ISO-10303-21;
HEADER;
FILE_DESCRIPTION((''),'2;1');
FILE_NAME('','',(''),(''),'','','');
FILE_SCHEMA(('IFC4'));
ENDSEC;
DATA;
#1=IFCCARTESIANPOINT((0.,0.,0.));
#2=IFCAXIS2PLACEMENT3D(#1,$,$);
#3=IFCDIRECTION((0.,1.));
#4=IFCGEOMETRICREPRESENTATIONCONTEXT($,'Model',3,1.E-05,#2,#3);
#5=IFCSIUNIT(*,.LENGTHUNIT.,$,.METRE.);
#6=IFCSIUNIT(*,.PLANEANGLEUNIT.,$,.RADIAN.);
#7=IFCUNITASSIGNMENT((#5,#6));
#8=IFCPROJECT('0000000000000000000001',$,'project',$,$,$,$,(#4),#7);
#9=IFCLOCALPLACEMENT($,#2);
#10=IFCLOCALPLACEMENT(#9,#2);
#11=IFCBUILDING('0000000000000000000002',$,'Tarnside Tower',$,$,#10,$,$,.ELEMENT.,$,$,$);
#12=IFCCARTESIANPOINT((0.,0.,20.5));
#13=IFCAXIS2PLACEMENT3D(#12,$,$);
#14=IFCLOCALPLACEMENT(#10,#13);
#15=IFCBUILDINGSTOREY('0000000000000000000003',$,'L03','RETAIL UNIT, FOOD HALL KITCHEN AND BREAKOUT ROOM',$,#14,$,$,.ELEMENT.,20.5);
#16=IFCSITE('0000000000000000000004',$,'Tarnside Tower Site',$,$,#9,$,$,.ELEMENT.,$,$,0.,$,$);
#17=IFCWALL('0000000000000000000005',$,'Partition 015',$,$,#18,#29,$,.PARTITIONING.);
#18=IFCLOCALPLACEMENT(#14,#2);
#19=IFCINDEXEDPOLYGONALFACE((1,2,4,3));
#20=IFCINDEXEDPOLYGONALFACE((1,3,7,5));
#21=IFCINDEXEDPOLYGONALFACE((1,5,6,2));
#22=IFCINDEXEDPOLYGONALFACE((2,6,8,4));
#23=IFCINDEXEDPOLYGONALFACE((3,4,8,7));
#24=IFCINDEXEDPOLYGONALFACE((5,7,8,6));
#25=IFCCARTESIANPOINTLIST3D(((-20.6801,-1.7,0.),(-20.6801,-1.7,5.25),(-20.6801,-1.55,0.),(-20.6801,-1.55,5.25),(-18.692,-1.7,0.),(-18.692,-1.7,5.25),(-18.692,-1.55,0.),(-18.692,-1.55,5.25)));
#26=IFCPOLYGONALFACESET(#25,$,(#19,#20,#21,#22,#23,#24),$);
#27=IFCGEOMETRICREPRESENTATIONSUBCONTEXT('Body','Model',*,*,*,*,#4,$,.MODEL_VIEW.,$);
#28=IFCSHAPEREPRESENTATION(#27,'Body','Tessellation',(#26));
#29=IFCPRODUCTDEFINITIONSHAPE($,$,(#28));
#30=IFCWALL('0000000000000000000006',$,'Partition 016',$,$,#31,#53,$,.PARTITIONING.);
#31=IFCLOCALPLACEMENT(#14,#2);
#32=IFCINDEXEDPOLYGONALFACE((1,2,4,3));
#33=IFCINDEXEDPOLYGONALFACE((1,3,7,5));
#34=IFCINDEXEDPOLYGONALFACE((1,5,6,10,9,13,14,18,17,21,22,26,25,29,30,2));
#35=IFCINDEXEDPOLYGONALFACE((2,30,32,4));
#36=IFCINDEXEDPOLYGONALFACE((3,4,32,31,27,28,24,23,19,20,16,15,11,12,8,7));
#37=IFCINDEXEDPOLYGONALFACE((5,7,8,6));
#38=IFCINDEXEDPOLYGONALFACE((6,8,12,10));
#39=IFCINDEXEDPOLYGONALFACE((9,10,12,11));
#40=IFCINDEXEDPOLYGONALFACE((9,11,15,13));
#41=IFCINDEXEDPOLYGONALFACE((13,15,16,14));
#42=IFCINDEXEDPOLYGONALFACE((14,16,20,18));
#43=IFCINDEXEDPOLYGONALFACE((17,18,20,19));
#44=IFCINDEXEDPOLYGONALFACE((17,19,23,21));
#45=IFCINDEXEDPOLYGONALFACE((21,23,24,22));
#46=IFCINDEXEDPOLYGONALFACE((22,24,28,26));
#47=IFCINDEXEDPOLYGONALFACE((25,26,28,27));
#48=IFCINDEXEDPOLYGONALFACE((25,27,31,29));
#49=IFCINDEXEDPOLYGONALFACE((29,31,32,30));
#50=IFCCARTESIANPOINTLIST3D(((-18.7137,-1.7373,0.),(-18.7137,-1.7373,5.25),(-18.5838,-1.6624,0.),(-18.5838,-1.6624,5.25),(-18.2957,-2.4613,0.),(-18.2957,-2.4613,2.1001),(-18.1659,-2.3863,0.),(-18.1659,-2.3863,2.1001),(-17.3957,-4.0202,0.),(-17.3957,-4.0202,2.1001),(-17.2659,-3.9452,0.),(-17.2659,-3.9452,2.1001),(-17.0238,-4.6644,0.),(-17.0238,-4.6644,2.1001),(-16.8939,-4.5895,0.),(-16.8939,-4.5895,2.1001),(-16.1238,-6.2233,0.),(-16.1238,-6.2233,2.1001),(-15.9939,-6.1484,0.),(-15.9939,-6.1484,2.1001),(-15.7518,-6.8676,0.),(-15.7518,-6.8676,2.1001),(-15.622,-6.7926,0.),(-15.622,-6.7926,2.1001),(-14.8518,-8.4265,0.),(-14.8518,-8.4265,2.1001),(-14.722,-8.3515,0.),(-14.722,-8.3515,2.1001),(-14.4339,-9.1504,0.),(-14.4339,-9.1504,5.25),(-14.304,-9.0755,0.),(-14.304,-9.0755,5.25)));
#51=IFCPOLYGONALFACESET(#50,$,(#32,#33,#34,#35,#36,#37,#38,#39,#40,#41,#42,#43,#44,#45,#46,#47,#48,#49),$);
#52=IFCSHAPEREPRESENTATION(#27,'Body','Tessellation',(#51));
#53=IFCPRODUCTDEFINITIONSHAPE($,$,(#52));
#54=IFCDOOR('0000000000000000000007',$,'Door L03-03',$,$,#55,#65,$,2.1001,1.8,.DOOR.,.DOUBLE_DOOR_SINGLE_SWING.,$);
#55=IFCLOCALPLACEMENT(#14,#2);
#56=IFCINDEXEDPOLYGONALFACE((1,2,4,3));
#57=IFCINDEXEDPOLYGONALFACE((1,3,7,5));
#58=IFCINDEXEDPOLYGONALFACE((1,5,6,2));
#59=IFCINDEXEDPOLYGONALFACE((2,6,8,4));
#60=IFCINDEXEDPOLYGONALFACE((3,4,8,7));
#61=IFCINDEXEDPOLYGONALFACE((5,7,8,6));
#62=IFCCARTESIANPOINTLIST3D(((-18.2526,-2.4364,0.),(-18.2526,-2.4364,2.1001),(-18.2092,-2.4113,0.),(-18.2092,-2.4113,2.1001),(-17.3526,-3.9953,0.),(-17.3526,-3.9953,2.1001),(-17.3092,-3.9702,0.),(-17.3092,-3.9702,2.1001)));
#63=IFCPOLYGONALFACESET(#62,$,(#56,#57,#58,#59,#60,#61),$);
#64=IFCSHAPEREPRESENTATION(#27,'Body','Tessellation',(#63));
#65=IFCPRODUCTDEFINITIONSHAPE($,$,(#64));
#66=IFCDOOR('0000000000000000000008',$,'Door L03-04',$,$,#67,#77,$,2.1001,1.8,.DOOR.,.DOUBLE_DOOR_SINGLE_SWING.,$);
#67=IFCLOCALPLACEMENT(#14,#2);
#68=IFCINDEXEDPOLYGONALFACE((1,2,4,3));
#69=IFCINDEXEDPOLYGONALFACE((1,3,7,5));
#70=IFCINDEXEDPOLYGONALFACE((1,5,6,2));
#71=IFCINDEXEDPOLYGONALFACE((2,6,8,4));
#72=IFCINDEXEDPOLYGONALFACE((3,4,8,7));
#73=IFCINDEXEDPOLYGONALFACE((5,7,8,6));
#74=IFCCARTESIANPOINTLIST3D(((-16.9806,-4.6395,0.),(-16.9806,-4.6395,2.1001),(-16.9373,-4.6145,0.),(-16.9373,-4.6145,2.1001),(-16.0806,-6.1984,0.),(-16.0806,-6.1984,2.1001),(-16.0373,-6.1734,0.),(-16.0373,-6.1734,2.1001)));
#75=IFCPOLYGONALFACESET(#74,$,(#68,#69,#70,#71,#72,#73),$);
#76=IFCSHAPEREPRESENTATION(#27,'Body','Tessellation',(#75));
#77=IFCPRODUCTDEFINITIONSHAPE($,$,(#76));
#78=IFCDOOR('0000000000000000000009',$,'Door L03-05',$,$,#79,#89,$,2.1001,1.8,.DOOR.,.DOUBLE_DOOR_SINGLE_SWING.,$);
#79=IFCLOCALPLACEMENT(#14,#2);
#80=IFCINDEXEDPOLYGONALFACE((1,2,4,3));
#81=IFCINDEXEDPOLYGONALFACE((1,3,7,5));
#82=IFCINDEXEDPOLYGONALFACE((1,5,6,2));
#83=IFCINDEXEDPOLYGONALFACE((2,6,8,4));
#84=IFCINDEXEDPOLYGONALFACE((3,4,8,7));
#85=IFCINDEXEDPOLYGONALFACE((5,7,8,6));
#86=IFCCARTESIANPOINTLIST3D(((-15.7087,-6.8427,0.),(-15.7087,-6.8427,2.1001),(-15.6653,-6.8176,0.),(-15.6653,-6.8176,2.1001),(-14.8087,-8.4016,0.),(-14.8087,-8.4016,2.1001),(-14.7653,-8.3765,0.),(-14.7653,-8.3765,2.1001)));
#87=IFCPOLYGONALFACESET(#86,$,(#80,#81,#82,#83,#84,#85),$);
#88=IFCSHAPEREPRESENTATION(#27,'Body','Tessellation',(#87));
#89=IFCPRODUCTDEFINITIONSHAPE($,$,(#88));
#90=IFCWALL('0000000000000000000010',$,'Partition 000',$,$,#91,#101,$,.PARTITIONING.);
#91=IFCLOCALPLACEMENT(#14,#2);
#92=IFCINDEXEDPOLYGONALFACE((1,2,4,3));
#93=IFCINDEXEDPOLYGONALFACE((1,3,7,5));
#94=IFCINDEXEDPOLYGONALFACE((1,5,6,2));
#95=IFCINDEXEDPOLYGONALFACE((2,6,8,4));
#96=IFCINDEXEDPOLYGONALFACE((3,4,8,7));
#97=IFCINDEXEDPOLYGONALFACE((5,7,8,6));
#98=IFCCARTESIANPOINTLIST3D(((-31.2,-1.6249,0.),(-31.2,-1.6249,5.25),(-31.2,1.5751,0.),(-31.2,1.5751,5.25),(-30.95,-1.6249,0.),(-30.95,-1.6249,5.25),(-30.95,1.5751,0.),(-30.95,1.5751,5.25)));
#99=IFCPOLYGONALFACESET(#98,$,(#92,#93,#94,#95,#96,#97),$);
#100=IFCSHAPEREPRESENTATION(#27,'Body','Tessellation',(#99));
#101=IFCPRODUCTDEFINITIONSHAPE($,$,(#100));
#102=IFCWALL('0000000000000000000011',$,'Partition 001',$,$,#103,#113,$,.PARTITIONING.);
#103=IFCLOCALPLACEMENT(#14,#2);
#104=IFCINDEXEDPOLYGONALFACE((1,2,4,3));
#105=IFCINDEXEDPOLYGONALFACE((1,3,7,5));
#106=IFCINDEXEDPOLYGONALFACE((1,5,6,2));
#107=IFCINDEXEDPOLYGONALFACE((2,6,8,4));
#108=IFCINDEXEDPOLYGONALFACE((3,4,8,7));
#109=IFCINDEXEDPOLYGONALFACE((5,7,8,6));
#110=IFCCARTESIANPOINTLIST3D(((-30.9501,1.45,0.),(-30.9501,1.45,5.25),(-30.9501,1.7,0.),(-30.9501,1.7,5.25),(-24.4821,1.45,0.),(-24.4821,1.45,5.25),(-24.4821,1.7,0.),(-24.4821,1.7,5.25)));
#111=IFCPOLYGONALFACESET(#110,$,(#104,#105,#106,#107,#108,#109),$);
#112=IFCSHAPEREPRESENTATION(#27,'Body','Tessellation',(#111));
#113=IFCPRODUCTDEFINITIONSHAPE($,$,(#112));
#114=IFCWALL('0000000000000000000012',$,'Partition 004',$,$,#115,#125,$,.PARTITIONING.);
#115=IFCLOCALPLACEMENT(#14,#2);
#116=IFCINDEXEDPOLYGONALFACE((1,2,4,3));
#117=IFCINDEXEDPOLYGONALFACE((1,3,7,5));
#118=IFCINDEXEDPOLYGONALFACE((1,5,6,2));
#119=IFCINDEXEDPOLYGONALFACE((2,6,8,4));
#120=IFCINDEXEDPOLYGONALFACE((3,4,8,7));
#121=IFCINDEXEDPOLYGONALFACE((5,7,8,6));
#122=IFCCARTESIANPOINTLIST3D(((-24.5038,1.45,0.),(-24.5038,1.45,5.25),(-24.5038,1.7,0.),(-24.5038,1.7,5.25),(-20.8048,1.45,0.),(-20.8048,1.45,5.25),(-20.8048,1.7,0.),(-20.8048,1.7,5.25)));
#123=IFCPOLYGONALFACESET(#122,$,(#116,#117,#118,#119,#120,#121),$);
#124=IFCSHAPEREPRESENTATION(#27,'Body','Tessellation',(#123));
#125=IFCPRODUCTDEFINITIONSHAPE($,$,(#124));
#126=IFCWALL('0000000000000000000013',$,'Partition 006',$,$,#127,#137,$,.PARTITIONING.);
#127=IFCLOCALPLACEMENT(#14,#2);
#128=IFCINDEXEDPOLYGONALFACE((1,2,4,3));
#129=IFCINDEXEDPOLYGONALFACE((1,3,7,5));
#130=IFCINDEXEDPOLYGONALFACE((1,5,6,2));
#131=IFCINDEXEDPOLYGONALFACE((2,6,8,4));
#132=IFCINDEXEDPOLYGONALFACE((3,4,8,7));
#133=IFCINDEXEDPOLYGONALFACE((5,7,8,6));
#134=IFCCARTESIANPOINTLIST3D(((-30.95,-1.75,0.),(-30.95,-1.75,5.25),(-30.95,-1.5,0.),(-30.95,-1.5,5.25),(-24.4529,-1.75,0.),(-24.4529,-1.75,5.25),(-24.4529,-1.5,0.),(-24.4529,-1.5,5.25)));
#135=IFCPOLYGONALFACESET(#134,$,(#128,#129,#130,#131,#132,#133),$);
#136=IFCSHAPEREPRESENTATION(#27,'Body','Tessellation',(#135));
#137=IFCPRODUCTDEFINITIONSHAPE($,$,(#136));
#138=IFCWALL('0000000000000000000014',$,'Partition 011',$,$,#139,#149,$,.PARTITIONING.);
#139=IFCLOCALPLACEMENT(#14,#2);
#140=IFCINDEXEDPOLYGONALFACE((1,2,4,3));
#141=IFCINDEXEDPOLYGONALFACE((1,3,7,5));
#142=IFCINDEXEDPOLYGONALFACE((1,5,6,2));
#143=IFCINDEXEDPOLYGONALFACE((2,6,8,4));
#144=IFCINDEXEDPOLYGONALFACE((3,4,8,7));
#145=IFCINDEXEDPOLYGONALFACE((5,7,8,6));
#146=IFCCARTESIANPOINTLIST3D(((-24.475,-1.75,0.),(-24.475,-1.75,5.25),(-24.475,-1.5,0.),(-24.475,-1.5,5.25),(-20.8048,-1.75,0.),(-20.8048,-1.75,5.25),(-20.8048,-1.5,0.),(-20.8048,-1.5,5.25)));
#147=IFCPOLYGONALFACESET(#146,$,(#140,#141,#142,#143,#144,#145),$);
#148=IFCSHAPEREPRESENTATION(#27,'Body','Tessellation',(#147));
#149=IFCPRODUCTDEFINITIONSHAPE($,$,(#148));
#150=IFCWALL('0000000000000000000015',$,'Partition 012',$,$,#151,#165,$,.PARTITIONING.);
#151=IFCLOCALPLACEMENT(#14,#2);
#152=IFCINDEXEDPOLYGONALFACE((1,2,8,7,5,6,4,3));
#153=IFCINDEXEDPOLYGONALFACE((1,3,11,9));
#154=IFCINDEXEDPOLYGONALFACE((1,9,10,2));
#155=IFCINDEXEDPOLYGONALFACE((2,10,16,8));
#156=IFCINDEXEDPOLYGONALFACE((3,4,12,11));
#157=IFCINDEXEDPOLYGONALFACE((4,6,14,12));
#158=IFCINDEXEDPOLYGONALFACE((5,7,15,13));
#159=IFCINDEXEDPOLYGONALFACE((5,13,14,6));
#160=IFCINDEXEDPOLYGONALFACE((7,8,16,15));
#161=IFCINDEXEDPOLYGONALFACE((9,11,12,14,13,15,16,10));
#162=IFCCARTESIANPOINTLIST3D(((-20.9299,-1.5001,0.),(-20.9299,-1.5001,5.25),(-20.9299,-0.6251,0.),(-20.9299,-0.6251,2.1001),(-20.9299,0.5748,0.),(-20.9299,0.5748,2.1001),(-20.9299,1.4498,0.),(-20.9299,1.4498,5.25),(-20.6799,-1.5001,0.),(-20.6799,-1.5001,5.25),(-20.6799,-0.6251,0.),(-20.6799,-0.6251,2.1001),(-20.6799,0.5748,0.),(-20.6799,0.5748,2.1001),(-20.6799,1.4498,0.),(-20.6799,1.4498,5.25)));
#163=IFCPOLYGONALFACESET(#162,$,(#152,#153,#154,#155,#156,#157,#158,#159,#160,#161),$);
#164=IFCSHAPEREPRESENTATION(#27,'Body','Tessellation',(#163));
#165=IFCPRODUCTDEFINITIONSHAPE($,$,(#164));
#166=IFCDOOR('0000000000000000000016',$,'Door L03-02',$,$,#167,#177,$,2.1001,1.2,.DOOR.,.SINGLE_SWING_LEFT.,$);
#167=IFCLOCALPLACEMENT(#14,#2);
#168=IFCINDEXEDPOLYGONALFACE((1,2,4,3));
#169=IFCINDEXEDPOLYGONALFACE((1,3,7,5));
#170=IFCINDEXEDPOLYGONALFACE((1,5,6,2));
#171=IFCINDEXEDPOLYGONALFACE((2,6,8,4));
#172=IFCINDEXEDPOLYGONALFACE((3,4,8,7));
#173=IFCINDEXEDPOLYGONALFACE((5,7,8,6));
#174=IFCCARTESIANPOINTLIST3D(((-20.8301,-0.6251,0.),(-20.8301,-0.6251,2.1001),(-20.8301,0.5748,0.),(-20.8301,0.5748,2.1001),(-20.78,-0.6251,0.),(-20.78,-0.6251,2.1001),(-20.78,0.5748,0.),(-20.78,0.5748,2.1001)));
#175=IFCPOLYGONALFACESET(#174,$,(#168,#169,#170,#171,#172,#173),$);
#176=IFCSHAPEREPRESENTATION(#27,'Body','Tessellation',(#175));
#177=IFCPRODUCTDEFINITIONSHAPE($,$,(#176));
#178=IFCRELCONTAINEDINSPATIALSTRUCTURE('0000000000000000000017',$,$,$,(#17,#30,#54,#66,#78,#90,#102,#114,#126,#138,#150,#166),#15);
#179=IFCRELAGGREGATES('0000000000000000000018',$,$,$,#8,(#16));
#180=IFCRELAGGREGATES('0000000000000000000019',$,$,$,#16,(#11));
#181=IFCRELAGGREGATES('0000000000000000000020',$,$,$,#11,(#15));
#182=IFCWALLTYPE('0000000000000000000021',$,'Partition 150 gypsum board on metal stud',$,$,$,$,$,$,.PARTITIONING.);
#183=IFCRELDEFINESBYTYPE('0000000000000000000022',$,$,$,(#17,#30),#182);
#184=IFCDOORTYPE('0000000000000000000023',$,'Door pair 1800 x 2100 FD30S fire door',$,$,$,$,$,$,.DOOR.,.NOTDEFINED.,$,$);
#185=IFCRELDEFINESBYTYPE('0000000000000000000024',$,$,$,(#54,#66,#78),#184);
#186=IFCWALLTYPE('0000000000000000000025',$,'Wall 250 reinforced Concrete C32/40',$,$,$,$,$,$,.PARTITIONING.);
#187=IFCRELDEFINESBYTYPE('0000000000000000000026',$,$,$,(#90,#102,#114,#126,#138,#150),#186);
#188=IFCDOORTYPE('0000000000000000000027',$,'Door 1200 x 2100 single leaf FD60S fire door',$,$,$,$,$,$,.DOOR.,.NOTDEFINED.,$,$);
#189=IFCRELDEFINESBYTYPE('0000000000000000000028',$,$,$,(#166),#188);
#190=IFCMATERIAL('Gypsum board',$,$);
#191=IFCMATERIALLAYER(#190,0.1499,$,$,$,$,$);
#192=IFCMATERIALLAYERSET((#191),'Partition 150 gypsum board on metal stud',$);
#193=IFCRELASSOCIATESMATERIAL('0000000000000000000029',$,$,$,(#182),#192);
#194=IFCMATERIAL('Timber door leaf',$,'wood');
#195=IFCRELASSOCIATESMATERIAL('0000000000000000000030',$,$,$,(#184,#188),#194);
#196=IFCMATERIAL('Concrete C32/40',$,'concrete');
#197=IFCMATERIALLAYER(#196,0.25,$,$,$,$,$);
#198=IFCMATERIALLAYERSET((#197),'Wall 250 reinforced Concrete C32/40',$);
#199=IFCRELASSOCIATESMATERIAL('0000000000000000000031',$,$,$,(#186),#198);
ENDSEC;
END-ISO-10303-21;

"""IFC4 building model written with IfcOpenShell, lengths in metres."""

from ifc_helpers import new_model, si_unit, direction, frame, frame_2d, origin, place, context, subcontext, project, spatial, rectangle, extrude, material, layer, layer_set, type_object, element, fill, save


model = new_model("IFC4")

# Units and contexts
model_context = context("Model", 3, precision=1e-05, world=origin(), true_north=direction((0.0, 1.0)))
body_context = subcontext(model_context, "Body", "Model", "MODEL_VIEW")
ifc_project = project(units=[si_unit("LENGTHUNIT", "METRE"), si_unit("PLANEANGLEUNIT", "RADIAN")], contexts=[model_context])

# Site, building, storey
site_placement = place(None, origin())
site = spatial("IfcSite", under=ifc_project, at=site_placement, Name="Tarnside Tower Site", CompositionType="ELEMENT", RefElevation=0.0)
building_placement = place(site_placement, origin())
building = spatial("IfcBuilding", under=site, at=building_placement, Name="Tarnside Tower", CompositionType="ELEMENT")
storey_placement = place(building_placement, frame((0.0, 0.0, 20.5)))
storey = spatial("IfcBuildingStorey", under=building, at=storey_placement, Name="L03", Description="RETAIL UNIT, FOOD HALL KITCHEN AND BREAKOUT ROOM", CompositionType="ELEMENT", Elevation=20.5)

# Wall
ifc_material_1 = material(Name="Gypsum board")
ifc_layer_1 = layer(ifc_material_1, 0.1499)
ifc_layer_set_1 = layer_set([ifc_layer_1], Name="Partition 150 gypsum board on metal stud")
wall_type_1 = type_object("IfcWallType", Name="Partition 150 gypsum board on metal stud", PredefinedType="PARTITIONING", material=ifc_layer_set_1)
wall_1_placement = place(storey_placement, frame((-18.6919, -1.625, 0.0), z_axis=(0.0, 0.0, 1.0), x_axis=(-1.0, 0.0, 0.0)))
element("IfcWall", 1, at=wall_1_placement, inside=storey, type_object=wall_type_1, Name="Partition 015", PredefinedType="PARTITIONING", context=body_context, shape_type="SweptSolid", body=[
    extrude(rectangle(XDim=1.988, YDim=0.1499, at=frame_2d((0.9941, 0.0))), origin(), (0.0, 0.0, 1.0), 5.25),
])

# Wall, openings, doors
wall_2_placement = place(storey_placement, frame((-18.6487, -1.7, 0.0), z_axis=(0.0, 0.0, 1.0), x_axis=(0.499986, -0.866034, 0.0)))
wall_2 = element("IfcWall", 2, at=wall_2_placement, inside=storey, type_object=wall_type_1, Name="Partition 016", PredefinedType="PARTITIONING", context=body_context, shape_type="SweptSolid", body=[
    extrude(rectangle(XDim=8.5598, YDim=0.1499, at=frame_2d((4.2798, 0.0))), origin(), (0.0, 0.0, 1.0), 5.25),
])
opening_1_placement = place(wall_2_placement, frame((0.8359, 0.0, 0.0)))
opening_1 = element("IfcOpeningElement", 3, at=opening_1_placement, cuts=wall_2, PredefinedType="OPENING", context=body_context, shape_type="SweptSolid", body=[
    extrude(rectangle(XDim=1.8, YDim=2.1001, at=frame_2d((0.8999, 1.05))), frame((0.0, 0.085, 0.0), z_axis=(0.0, -1.0, 0.0), x_axis=(1.0, 0.0, 0.0)), (0.0, 0.0, 1.0), 0.1699),
])
opening_2_placement = place(wall_2_placement, frame((3.3799, 0.0, 0.0)))
opening_2 = element("IfcOpeningElement", 4, at=opening_2_placement, cuts=wall_2, PredefinedType="OPENING", context=body_context, shape_type="SweptSolid", body=[
    extrude(rectangle(XDim=1.8, YDim=2.1001, at=frame_2d((0.8999, 1.05))), frame((0.0, 0.085, 0.0), z_axis=(0.0, -1.0, 0.0), x_axis=(1.0, 0.0, 0.0)), (0.0, 0.0, 1.0), 0.1699),
])
opening_3_placement = place(wall_2_placement, frame((5.9238, 0.0, 0.0)))
opening_3 = element("IfcOpeningElement", 5, at=opening_3_placement, cuts=wall_2, PredefinedType="OPENING", context=body_context, shape_type="SweptSolid", body=[
    extrude(rectangle(XDim=1.8, YDim=2.1001, at=frame_2d((0.8999, 1.05))), frame((0.0, 0.085, 0.0), z_axis=(0.0, -1.0, 0.0), x_axis=(1.0, 0.0, 0.0)), (0.0, 0.0, 1.0), 0.1699),
])
ifc_material_2 = material(Name="Timber door leaf", Category="wood")
door_type_1 = type_object("IfcDoorType", Name="Door pair 1800 x 2100 FD30S fire door", OperationType="NOTDEFINED", PredefinedType="DOOR", material=ifc_material_2)
door_1_placement = place(opening_1_placement, origin())
door_1 = element("IfcDoor", 6, at=door_1_placement, inside=storey, type_object=door_type_1, Name="Door L03-03", OperationType="DOUBLE_DOOR_SINGLE_SWING", OverallHeight=2.1001, OverallWidth=1.8, PredefinedType="DOOR", context=body_context, shape_type="SweptSolid", body=[
    extrude(rectangle(XDim=1.8, YDim=2.1001, at=frame_2d((0.8999, 1.05))), frame((0.0, 0.0249, 0.0), z_axis=(0.0, -1.0, 0.0), x_axis=(1.0, 0.0, 0.0)), (0.0, 0.0, 1.0), 0.05),
])
fill(opening_1, door_1)
door_2_placement = place(opening_2_placement, origin())
door_2 = element("IfcDoor", 7, at=door_2_placement, inside=storey, type_object=door_type_1, Name="Door L03-04", OperationType="DOUBLE_DOOR_SINGLE_SWING", OverallHeight=2.1001, OverallWidth=1.8, PredefinedType="DOOR", context=body_context, shape_type="SweptSolid", body=[
    extrude(rectangle(XDim=1.8, YDim=2.1001, at=frame_2d((0.8999, 1.05))), frame((0.0, 0.0249, 0.0), z_axis=(0.0, -1.0, 0.0), x_axis=(1.0, 0.0, 0.0)), (0.0, 0.0, 1.0), 0.05),
])
fill(opening_2, door_2)
door_3_placement = place(opening_3_placement, origin())
door_3 = element("IfcDoor", 8, at=door_3_placement, inside=storey, type_object=door_type_1, Name="Door L03-05", OperationType="DOUBLE_DOOR_SINGLE_SWING", OverallHeight=2.1001, OverallWidth=1.8, PredefinedType="DOOR", context=body_context, shape_type="SweptSolid", body=[
    extrude(rectangle(XDim=1.8, YDim=2.1001, at=frame_2d((0.8999, 1.05))), frame((0.0, 0.0249, 0.0), z_axis=(0.0, -1.0, 0.0), x_axis=(1.0, 0.0, 0.0)), (0.0, 0.0, 1.0), 0.05),
])
fill(opening_3, door_3)

# Walls
ifc_material_3 = material(Name="Concrete C32/40", Category="concrete")
ifc_layer_2 = layer(ifc_material_3, 0.25)
ifc_layer_set_2 = layer_set([ifc_layer_2], Name="Wall 250 reinforced Concrete C32/40")
wall_type_2 = type_object("IfcWallType", Name="Wall 250 reinforced Concrete C32/40", PredefinedType="PARTITIONING", material=ifc_layer_set_2)
wall_3_placement = place(storey_placement, frame((-31.075, -1.625, 0.0), z_axis=(0.0, 0.0, 1.0), x_axis=(0.0, 1.0, 0.0)))
element("IfcWall", 9, at=wall_3_placement, inside=storey, type_object=wall_type_2, Name="Partition 000", PredefinedType="PARTITIONING", context=body_context, shape_type="SweptSolid", body=[
    extrude(rectangle(XDim=3.2, YDim=0.25, at=frame_2d((1.6001, 0.0))), origin(), (0.0, 0.0, 1.0), 5.25),
])
wall_4_placement = place(storey_placement, frame((-30.95, 1.575, 0.0), z_axis=(0.0, 0.0, 1.0), x_axis=(1.0, 0.0, 0.0)))
element("IfcWall", 10, at=wall_4_placement, inside=storey, type_object=wall_type_2, Name="Partition 001", PredefinedType="PARTITIONING", context=body_context, shape_type="SweptSolid", body=[
    extrude(rectangle(XDim=6.468, YDim=0.25, at=frame_2d((3.2339, 0.0))), origin(), (0.0, 0.0, 1.0), 5.25),
])
wall_5_placement = place(storey_placement, frame((-24.5039, 1.575, 0.0), z_axis=(0.0, 0.0, 1.0), x_axis=(1.0, 0.0, 0.0)))
element("IfcWall", 11, at=wall_5_placement, inside=storey, type_object=wall_type_2, Name="Partition 004", PredefinedType="PARTITIONING", context=body_context, shape_type="SweptSolid", body=[
    extrude(rectangle(XDim=3.699, YDim=0.25, at=frame_2d((1.8496, 0.0))), origin(), (0.0, 0.0, 1.0), 5.25),
])
wall_6_placement = place(storey_placement, frame((-24.4529, -1.625, 0.0), z_axis=(0.0, 0.0, 1.0), x_axis=(-1.0, 0.0, 0.0)))
element("IfcWall", 12, at=wall_6_placement, inside=storey, type_object=wall_type_2, Name="Partition 006", PredefinedType="PARTITIONING", context=body_context, shape_type="SweptSolid", body=[
    extrude(rectangle(XDim=6.4971, YDim=0.25, at=frame_2d((3.2485, 0.0))), origin(), (0.0, 0.0, 1.0), 5.25),
])
wall_7_placement = place(storey_placement, frame((-20.8049, -1.625, 0.0), z_axis=(0.0, 0.0, 1.0), x_axis=(-1.0, 0.0, 0.0)))
element("IfcWall", 13, at=wall_7_placement, inside=storey, type_object=wall_type_2, Name="Partition 011", PredefinedType="PARTITIONING", context=body_context, shape_type="SweptSolid", body=[
    extrude(rectangle(XDim=3.6702, YDim=0.25, at=frame_2d((1.835, 0.0))), origin(), (0.0, 0.0, 1.0), 5.25),
])

# Wall, opening, door
wall_8_placement = place(storey_placement, frame((-20.8049, 1.45, 0.0), z_axis=(0.0, 0.0, 1.0), x_axis=(0.0, -1.0, 0.0)))
wall_8 = element("IfcWall", 14, at=wall_8_placement, inside=storey, type_object=wall_type_2, Name="Partition 012", PredefinedType="PARTITIONING", context=body_context, shape_type="SweptSolid", body=[
    extrude(rectangle(XDim=2.95, YDim=0.25, at=frame_2d((1.4751, 0.0))), origin(), (0.0, 0.0, 1.0), 5.25),
])
opening_4_placement = place(wall_8_placement, frame((0.875, 0.0, 0.0)))
opening_4 = element("IfcOpeningElement", 15, at=opening_4_placement, cuts=wall_8, PredefinedType="OPENING", context=body_context, shape_type="SweptSolid", body=[
    extrude(rectangle(XDim=1.2, YDim=2.1001, at=frame_2d((0.6001, 1.05))), frame((0.0, 0.135, 0.0), z_axis=(0.0, -1.0, 0.0), x_axis=(1.0, 0.0, 0.0)), (0.0, 0.0, 1.0), 0.27),
])
door_type_2 = type_object("IfcDoorType", Name="Door 1200 x 2100 single leaf FD60S fire door", OperationType="NOTDEFINED", PredefinedType="DOOR", material=ifc_material_2)
door_4_placement = place(opening_4_placement, origin())
door_4 = element("IfcDoor", 16, at=door_4_placement, inside=storey, type_object=door_type_2, Name="Door L03-02", OperationType="SINGLE_SWING_LEFT", OverallHeight=2.1001, OverallWidth=1.2, PredefinedType="DOOR", context=body_context, shape_type="SweptSolid", body=[
    extrude(rectangle(XDim=1.2, YDim=2.1001, at=frame_2d((0.6001, 1.05))), frame((0.0, 0.0249, 0.0), z_axis=(0.0, -1.0, 0.0), x_axis=(1.0, 0.0, 0.0)), (0.0, 0.0, 1.0), 0.05),
])
fill(opening_4, door_4)

save(model, "model.ifc")
